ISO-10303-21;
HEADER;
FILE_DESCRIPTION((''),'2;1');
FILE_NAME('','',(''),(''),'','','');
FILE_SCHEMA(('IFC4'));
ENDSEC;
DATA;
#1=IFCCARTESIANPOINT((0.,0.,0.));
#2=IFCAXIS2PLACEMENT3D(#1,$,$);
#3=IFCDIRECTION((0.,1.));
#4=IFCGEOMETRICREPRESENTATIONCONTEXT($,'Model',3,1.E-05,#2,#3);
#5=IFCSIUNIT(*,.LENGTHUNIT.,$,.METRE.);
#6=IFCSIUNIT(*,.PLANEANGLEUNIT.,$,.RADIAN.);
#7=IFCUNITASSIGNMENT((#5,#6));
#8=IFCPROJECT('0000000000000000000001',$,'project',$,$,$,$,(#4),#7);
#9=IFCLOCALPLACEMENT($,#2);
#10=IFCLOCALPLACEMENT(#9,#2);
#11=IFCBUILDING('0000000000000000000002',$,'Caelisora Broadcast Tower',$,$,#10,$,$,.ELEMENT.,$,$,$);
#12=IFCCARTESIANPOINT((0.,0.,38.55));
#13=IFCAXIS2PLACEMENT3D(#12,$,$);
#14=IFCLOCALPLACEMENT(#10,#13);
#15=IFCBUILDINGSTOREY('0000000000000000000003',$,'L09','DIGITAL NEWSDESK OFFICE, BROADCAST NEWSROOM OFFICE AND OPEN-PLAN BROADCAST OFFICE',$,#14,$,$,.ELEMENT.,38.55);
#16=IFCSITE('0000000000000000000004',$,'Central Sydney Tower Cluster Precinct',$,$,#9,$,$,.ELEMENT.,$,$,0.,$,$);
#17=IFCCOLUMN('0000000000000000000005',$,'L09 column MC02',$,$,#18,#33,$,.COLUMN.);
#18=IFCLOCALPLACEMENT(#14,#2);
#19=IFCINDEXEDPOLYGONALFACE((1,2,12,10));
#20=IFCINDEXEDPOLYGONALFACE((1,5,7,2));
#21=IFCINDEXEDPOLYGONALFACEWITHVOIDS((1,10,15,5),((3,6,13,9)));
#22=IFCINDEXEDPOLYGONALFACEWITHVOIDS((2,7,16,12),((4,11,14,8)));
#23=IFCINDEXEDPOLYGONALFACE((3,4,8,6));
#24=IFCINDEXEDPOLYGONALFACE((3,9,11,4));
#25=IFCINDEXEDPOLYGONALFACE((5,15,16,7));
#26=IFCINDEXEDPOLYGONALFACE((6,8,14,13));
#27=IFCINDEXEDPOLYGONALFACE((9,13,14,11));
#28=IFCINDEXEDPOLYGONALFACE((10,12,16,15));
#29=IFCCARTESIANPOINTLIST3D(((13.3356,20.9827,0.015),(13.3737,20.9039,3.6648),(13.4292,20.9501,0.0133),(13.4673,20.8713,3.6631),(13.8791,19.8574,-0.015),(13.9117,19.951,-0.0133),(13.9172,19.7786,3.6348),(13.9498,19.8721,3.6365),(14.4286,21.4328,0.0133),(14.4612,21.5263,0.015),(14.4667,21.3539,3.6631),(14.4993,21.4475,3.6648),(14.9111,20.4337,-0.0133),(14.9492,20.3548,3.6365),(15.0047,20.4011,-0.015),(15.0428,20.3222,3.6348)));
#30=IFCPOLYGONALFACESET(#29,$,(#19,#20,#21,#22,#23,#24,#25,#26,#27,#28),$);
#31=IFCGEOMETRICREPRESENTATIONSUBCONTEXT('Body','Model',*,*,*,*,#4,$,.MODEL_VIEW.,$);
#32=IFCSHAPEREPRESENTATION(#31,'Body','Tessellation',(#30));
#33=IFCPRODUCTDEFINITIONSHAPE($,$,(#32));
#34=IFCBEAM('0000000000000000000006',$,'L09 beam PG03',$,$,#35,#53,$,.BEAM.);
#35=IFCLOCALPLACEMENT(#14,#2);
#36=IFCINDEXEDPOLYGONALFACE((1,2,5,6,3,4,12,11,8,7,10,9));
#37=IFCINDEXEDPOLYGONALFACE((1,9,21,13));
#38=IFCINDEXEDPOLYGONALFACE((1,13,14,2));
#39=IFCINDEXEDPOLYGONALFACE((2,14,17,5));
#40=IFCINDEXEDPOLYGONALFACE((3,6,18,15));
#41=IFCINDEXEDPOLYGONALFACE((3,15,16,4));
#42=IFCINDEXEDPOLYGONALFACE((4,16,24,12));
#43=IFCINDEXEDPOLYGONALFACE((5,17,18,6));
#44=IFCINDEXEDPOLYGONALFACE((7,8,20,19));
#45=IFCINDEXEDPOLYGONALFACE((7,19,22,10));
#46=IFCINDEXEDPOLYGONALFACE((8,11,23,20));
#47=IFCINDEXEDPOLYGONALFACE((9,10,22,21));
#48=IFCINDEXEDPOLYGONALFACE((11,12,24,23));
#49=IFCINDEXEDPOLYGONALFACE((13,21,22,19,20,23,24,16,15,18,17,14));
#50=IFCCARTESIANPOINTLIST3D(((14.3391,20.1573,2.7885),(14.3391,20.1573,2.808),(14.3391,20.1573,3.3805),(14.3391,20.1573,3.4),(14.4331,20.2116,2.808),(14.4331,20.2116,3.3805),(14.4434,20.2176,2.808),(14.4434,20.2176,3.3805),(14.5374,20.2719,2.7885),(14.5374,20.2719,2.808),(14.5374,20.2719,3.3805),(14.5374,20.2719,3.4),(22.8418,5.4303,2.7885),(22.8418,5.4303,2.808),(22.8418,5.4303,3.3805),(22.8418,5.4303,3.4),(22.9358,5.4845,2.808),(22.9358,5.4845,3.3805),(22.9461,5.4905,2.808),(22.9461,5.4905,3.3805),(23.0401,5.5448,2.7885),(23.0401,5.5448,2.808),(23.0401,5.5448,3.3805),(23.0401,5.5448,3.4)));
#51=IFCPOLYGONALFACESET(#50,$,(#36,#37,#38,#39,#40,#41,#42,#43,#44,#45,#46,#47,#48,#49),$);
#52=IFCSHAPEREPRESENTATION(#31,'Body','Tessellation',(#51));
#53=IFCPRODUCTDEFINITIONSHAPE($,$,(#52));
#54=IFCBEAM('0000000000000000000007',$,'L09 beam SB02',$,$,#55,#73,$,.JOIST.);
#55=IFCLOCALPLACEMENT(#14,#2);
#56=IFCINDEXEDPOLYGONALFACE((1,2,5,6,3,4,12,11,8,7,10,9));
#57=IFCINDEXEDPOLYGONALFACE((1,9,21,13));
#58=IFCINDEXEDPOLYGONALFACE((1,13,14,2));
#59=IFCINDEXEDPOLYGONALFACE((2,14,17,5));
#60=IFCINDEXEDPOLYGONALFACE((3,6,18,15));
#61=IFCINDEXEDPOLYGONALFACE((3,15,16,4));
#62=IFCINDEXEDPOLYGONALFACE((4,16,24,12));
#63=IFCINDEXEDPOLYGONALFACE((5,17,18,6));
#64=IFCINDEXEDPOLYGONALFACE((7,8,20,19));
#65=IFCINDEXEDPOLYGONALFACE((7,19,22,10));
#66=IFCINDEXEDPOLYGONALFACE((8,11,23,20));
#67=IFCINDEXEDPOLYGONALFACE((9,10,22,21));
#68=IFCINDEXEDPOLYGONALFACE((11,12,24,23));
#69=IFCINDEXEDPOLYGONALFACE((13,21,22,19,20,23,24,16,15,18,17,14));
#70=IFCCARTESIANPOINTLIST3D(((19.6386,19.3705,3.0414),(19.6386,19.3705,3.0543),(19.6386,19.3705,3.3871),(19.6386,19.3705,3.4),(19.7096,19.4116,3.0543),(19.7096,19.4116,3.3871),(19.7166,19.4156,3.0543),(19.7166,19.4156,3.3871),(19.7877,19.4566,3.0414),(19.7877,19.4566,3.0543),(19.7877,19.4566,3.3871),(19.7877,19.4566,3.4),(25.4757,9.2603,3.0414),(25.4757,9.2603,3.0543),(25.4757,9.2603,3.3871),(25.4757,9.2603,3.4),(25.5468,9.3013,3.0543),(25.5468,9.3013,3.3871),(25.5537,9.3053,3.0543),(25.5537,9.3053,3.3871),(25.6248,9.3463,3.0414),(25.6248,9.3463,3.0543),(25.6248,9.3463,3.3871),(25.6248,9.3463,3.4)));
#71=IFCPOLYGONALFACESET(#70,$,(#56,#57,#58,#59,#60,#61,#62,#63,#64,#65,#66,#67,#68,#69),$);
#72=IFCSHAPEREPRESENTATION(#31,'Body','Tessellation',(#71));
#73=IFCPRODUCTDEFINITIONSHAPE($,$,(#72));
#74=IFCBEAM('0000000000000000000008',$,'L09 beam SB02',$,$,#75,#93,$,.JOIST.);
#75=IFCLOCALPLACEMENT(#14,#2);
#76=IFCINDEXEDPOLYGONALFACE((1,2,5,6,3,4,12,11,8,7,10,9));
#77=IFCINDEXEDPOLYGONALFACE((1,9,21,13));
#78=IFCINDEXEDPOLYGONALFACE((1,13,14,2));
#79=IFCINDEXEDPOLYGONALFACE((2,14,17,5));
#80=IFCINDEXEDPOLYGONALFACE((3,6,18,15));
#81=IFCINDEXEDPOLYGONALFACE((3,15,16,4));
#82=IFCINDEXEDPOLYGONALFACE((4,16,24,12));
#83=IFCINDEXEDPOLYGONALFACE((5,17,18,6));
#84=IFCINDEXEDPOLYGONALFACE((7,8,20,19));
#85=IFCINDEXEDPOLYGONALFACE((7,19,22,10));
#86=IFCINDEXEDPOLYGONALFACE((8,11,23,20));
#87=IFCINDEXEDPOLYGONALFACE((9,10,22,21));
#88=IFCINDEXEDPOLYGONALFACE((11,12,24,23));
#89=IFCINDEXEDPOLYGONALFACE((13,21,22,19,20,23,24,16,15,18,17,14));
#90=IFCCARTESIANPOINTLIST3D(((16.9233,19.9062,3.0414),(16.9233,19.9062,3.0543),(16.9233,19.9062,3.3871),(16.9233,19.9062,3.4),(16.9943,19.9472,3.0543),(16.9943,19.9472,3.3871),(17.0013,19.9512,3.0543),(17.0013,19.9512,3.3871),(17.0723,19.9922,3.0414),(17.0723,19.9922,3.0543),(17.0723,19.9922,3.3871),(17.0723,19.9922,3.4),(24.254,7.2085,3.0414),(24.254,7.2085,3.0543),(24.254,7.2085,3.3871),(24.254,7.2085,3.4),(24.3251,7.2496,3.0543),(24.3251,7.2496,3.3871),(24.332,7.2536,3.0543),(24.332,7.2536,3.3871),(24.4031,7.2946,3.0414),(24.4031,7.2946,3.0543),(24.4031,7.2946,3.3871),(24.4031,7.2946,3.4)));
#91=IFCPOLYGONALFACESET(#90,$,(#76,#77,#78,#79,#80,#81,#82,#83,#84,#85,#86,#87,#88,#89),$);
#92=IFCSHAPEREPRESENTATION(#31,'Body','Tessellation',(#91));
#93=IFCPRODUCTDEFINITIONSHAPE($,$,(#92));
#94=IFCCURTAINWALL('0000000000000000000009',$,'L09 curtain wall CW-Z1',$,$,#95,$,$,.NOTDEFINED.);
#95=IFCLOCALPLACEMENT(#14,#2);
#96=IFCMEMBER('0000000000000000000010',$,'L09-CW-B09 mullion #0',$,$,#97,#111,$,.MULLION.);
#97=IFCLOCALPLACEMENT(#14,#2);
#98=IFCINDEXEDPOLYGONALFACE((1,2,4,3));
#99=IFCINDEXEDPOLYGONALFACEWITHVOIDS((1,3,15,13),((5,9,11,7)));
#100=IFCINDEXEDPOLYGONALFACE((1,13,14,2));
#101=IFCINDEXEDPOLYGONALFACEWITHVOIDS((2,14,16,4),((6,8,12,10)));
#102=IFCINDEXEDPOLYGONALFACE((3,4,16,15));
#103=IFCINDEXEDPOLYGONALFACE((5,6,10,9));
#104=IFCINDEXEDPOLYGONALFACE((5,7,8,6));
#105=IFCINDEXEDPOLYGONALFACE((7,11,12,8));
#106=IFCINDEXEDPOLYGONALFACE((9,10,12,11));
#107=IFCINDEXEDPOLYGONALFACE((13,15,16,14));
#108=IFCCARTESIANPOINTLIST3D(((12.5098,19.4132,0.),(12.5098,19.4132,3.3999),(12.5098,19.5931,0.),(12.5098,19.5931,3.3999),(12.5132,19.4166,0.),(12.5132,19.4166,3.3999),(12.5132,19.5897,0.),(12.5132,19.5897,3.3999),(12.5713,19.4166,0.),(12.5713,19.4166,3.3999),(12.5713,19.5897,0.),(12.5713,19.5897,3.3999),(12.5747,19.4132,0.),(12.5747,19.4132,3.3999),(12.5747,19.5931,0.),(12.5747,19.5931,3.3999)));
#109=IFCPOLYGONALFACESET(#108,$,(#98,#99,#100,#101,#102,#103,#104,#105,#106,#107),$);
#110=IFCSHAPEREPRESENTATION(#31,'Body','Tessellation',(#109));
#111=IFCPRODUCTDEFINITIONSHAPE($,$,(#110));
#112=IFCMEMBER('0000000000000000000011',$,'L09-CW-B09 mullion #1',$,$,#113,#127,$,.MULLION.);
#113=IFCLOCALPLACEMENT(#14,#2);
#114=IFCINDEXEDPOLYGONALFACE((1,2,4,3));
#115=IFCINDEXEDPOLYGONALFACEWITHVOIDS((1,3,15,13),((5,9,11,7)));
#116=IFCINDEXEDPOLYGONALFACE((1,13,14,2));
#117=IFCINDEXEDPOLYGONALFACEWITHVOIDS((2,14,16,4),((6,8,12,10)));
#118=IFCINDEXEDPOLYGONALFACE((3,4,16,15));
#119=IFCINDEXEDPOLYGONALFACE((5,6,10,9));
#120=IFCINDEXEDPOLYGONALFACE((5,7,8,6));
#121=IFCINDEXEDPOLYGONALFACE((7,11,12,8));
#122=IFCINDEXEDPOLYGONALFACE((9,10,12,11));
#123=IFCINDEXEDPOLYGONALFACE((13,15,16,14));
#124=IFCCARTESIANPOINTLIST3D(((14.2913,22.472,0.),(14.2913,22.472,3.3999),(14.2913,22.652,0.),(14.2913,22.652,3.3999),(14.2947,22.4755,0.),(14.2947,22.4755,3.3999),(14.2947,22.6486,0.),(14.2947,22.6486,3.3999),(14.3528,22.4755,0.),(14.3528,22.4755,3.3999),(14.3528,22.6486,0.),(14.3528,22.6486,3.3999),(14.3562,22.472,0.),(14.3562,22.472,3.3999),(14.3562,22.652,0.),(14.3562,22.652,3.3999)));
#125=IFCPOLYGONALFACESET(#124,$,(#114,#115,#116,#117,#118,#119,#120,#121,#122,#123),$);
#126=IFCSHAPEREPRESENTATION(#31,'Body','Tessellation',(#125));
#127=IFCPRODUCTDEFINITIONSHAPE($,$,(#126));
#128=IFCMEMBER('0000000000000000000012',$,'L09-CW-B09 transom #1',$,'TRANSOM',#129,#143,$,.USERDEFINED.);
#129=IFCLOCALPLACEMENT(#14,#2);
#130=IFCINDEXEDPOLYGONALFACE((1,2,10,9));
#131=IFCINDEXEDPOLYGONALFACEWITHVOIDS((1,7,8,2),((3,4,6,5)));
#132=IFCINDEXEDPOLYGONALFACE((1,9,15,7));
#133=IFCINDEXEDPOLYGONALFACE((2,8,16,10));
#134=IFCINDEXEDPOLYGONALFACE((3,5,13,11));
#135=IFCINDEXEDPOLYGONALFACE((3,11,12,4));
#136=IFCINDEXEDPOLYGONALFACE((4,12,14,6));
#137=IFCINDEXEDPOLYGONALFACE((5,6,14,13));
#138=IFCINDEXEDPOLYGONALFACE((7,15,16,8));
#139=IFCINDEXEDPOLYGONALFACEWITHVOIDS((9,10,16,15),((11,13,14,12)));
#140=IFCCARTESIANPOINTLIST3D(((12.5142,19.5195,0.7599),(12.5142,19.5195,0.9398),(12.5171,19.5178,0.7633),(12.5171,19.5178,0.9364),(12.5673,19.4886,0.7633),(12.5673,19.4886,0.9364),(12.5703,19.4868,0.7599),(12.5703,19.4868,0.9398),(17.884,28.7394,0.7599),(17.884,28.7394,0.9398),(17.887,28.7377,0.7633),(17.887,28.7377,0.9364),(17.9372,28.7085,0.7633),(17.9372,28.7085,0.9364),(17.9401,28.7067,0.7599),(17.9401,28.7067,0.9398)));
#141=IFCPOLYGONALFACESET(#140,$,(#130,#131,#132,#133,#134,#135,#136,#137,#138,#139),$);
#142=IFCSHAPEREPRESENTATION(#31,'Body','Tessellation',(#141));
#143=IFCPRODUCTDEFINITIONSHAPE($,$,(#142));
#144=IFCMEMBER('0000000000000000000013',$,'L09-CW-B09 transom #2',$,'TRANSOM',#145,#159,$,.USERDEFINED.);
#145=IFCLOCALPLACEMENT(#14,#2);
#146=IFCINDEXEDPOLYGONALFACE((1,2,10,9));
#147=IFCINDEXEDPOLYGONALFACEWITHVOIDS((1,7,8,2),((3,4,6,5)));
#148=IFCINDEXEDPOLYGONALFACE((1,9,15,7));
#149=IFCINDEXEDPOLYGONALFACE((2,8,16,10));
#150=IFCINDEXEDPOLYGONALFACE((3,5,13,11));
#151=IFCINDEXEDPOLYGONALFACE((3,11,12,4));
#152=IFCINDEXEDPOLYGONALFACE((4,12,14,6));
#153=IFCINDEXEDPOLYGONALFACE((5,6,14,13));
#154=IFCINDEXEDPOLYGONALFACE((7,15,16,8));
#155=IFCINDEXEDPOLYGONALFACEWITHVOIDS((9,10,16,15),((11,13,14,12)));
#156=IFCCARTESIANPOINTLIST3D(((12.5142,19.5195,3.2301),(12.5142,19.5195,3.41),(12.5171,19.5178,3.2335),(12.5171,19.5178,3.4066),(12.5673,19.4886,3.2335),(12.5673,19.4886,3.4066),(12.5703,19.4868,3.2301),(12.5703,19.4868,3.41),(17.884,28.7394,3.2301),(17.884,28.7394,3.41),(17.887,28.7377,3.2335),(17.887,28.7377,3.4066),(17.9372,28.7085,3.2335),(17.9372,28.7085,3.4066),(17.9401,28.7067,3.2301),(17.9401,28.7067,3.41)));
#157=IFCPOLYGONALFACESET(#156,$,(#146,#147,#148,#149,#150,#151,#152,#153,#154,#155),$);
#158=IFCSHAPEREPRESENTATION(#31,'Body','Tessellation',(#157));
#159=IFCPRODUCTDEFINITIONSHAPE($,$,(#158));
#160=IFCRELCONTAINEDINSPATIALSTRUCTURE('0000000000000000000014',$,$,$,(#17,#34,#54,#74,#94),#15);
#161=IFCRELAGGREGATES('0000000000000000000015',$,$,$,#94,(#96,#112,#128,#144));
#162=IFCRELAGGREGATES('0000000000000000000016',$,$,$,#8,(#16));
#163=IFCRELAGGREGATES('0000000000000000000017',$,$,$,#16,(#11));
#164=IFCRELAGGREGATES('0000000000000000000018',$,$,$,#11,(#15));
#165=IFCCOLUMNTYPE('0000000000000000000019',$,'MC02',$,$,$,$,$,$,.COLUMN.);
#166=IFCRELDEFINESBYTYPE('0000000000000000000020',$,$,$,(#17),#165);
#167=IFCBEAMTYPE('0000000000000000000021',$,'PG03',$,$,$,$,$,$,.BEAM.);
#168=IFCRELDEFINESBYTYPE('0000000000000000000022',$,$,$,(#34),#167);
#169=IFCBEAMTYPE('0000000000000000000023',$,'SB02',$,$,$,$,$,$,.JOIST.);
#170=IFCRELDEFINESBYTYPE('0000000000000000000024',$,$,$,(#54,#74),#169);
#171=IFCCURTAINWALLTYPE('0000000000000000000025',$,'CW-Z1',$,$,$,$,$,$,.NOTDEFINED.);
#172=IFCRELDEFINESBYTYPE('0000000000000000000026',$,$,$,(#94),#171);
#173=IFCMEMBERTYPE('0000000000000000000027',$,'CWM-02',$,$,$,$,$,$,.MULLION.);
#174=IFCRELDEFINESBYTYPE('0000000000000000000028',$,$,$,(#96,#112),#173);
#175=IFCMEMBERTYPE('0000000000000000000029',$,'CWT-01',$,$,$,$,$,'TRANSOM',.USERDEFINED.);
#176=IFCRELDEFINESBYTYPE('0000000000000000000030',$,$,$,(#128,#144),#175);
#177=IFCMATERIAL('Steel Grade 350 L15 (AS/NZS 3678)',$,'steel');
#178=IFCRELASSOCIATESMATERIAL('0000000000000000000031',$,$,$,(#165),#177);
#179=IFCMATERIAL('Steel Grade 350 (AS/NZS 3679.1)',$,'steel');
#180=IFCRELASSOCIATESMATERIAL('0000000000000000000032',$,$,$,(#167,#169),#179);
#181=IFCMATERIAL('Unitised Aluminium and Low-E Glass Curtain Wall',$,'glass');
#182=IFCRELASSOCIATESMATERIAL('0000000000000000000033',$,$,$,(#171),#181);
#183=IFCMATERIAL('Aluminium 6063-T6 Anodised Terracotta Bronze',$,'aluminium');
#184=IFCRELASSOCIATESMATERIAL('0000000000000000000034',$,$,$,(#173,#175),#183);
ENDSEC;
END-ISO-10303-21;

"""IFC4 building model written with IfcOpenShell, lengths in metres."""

from ifc_helpers import new_model, si_unit, direction, frame, origin, origin_2d, place, context, subcontext, project, spatial, hollow_rectangle, i_section, extrude, source, transform, mapped, material, material_profile, profile_set, type_object, type_shapes, element, aggregate, save


model = new_model("IFC4")

# Units and contexts
model_context = context("Model", 3, precision=1e-05, world=origin(), true_north=direction((0.0, 1.0)))
body_context = subcontext(model_context, "Body", "Model", "MODEL_VIEW")
ifc_project = project(units=[si_unit("LENGTHUNIT", "METRE"), si_unit("PLANEANGLEUNIT", "RADIAN")], contexts=[model_context])

# Site, building, storey
site_placement = place(None, origin())
site = spatial("IfcSite", under=ifc_project, at=site_placement, Name="Central Sydney Tower Cluster Precinct", CompositionType="ELEMENT", RefElevation=0.0)
building_placement = place(site_placement, origin())
building = spatial("IfcBuilding", under=site, at=building_placement, Name="Caelisora Broadcast Tower", CompositionType="ELEMENT")
storey_placement = place(building_placement, frame((0.0, 0.0, 38.55)))
storey = spatial("IfcBuildingStorey", under=building, at=storey_placement, Name="L09", Description="DIGITAL NEWSDESK OFFICE, BROADCAST NEWSROOM OFFICE AND OPEN-PLAN BROADCAST OFFICE", CompositionType="ELEMENT", Elevation=38.55)

# Column
ifc_material_1 = material(Name="Steel Grade 350 L15 (AS/NZS 3678)", Category="steel")
ifc_material_profile_1 = material_profile(ifc_material_1, hollow_rectangle(XDim=1.25, YDim=1.25, WallThickness=0.0701, at=origin_2d()), Name="Steel Grade 350 L15 (AS/NZS 3678)")
ifc_profile_set_1 = profile_set([ifc_material_profile_1], Name="Steel Grade 350 L15 (AS/NZS 3678)")
column_type = type_object("IfcColumnType", Name="MC02", PredefinedType="COLUMN", material=ifc_profile_set_1)
shared_shape_1 = source(origin(), body_context, "Body", "SweptSolid", [
    extrude(hollow_rectangle(XDim=1.25, YDim=1.25, WallThickness=0.0701, at=origin_2d()), origin(), (0.0, 0.0, 1.0), 3.6509),
])
type_shapes(column_type, [shared_shape_1])
column_placement = place(storey_placement, frame((14.1702, 20.6919, 0.0), z_axis=(0.010432, -0.021599, 0.999712), x_axis=(0.900476, 0.434905, 0.0)))
element("IfcColumn", 1, at=column_placement, inside=storey, type_object=column_type, Name="L09 column MC02", PredefinedType="COLUMN", context=body_context, shape_type="MappedRepresentation", body=[
    mapped(shared_shape_1, transform((0.0, 0.0, 0.0), scale=1.0)),
])

# Beams
ifc_material_2 = material(Name="Steel Grade 350 (AS/NZS 3679.1)", Category="steel")
ifc_material_profile_2 = material_profile(ifc_material_2, i_section(OverallWidth=0.229, OverallDepth=0.6116, WebThickness=0.012, FlangeThickness=0.0195, at=origin_2d()), Name="Steel Grade 350 (AS/NZS 3679.1)")
ifc_profile_set_2 = profile_set([ifc_material_profile_2], Name="Steel Grade 350 (AS/NZS 3679.1)")
beam_type_1 = type_object("IfcBeamType", Name="PG03", PredefinedType="BEAM", material=ifc_profile_set_2)
shared_shape_2 = source(origin(), body_context, "Body", "SweptSolid", [
    extrude(i_section(OverallWidth=0.229, OverallDepth=0.6116, WebThickness=0.012, FlangeThickness=0.0195, at=origin_2d()), origin(), (0.0, 0.0, 1.0), 17.0054),
])
type_shapes(beam_type_1, [shared_shape_2])
beam_1_placement = place(storey_placement, frame((14.4382, 20.2146, 3.0942), z_axis=(0.500001, -0.866025, 0.0), x_axis=(0.866025, 0.500001, 0.0)))
element("IfcBeam", 2, at=beam_1_placement, inside=storey, type_object=beam_type_1, Name="L09 beam PG03", PredefinedType="BEAM", context=body_context, shape_type="MappedRepresentation", body=[
    mapped(shared_shape_2, transform((0.0, 0.0, 0.0), scale=1.0)),
])
ifc_material_profile_3 = material_profile(ifc_material_2, i_section(OverallWidth=0.1721, OverallDepth=0.3586, WebThickness=0.0081, FlangeThickness=0.0129, at=origin_2d()), Name="Steel Grade 350 (AS/NZS 3679.1)")
ifc_profile_set_3 = profile_set([ifc_material_profile_3], Name="Steel Grade 350 (AS/NZS 3679.1)")
beam_type_2 = type_object("IfcBeamType", Name="SB02", PredefinedType="JOIST", material=ifc_profile_set_3)
shared_shape_3 = source(origin(), body_context, "Body", "SweptSolid", [
    extrude(i_section(OverallWidth=0.1721, OverallDepth=0.3586, WebThickness=0.0081, FlangeThickness=0.0129, at=origin_2d()), origin(), (0.0, 0.0, 1.0), 11.6743),
])
beam_2_placement = place(storey_placement, frame((19.7131, 19.4136, 3.2207), z_axis=(0.499996, -0.866027, 0.0), x_axis=(0.866027, 0.499996, 0.0)))
element("IfcBeam", 3, at=beam_2_placement, inside=storey, type_object=beam_type_2, Name="L09 beam SB02", PredefinedType="JOIST", context=body_context, shape_type="MappedRepresentation", body=[
    mapped(shared_shape_3, transform((0.0, 0.0, 0.0), scale=1.0)),
])
shared_shape_4 = source(origin(), body_context, "Body", "SweptSolid", [
    extrude(i_section(OverallWidth=0.1721, OverallDepth=0.3586, WebThickness=0.0081, FlangeThickness=0.0129, at=origin_2d()), origin(), (0.0, 0.0, 1.0), 14.6619),
])
type_shapes(beam_type_2, [shared_shape_3, shared_shape_4])
beam_3_placement = place(storey_placement, frame((16.9978, 19.9492, 3.2207), z_axis=(0.499988, -0.866033, 0.0), x_axis=(0.866033, 0.499988, 0.0)))
element("IfcBeam", 4, at=beam_3_placement, inside=storey, type_object=beam_type_2, Name="L09 beam SB02", PredefinedType="JOIST", context=body_context, shape_type="MappedRepresentation", body=[
    mapped(shared_shape_4, transform((0.0, 0.0, 0.0), scale=1.0)),
])

# Curtain wall, members
ifc_material_3 = material(Name="Unitised Aluminium and Low-E Glass Curtain Wall", Category="glass")
curtain_wall_type = type_object("IfcCurtainWallType", Name="CW-Z1", PredefinedType="NOTDEFINED", material=ifc_material_3)
curtain_wall_placement = place(storey_placement, origin())
curtain_wall = element("IfcCurtainWall", 5, at=curtain_wall_placement, inside=storey, type_object=curtain_wall_type, Name="L09 curtain wall CW-Z1", PredefinedType="NOTDEFINED")
ifc_material_4 = material(Name="Aluminium 6063-T6 Anodised Terracotta Bronze", Category="aluminium")
ifc_material_profile_4 = material_profile(ifc_material_4, hollow_rectangle(XDim=0.0649, YDim=0.1799, WallThickness=0.0034, at=origin_2d()), Name="Aluminium 6063-T6 Anodised Terracotta Bronze")
ifc_profile_set_4 = profile_set([ifc_material_profile_4], Name="Aluminium 6063-T6 Anodised Terracotta Bronze")
member_type_1 = type_object("IfcMemberType", Name="CWM-02", PredefinedType="MULLION", material=ifc_profile_set_4)
shared_shape_5 = source(origin(), body_context, "Body", "SweptSolid", [
    extrude(hollow_rectangle(XDim=0.0649, YDim=0.1799, WallThickness=0.0034, at=origin_2d()), origin(), (0.0, 0.0, 1.0), 3.3999),
])
type_shapes(member_type_1, [shared_shape_5])
member_1_placement = place(storey_placement, frame((12.5422, 19.5032, 0.0), z_axis=(0.0, 0.0, 1.0), x_axis=(1.0, 0.0, 0.0)))
member_1 = element("IfcMember", 6, at=member_1_placement, type_object=member_type_1, Name="L09-CW-B09 mullion #0", PredefinedType="MULLION", context=body_context, shape_type="MappedRepresentation", body=[
    mapped(shared_shape_5, transform((0.0, 0.0, 0.0), scale=1.0)),
])
member_2_placement = place(storey_placement, frame((14.3237, 22.562, 0.0), z_axis=(0.0, 0.0, 1.0), x_axis=(1.0, 0.0, 0.0)))
member_2 = element("IfcMember", 7, at=member_2_placement, type_object=member_type_1, Name="L09-CW-B09 mullion #1", PredefinedType="MULLION", context=body_context, shape_type="MappedRepresentation", body=[
    mapped(shared_shape_5, transform((0.0, 0.0, 0.0), scale=1.0)),
])
ifc_material_profile_5 = material_profile(ifc_material_4, hollow_rectangle(XDim=0.0649, YDim=0.1799, WallThickness=0.0034, at=origin_2d()), Name="Aluminium 6063-T6 Anodised Terracotta Bronze")
ifc_profile_set_5 = profile_set([ifc_material_profile_5], Name="Aluminium 6063-T6 Anodised Terracotta Bronze")
member_type_2 = type_object("IfcMemberType", Name="CWT-01", ElementType="TRANSOM", PredefinedType="USERDEFINED", material=ifc_profile_set_5)
shared_shape_6 = source(origin(), body_context, "Body", "SweptSolid", [
    extrude(hollow_rectangle(XDim=0.0649, YDim=0.1799, WallThickness=0.0034, at=origin_2d()), origin(), (0.0, 0.0, 1.0), 10.6697),
])
type_shapes(member_type_2, [shared_shape_6])
member_3_placement = place(storey_placement, frame((12.5422, 19.5032, 0.8499), z_axis=(0.50328, 0.864123, 0.0), x_axis=(-0.864123, 0.50328, 0.0)))
member_3 = element("IfcMember", 8, at=member_3_placement, type_object=member_type_2, Name="L09-CW-B09 transom #1", ObjectType="TRANSOM", PredefinedType="USERDEFINED", context=body_context, shape_type="MappedRepresentation", body=[
    mapped(shared_shape_6, transform((0.0, 0.0, 0.0), scale=1.0)),
])
member_4_placement = place(storey_placement, frame((12.5422, 19.5032, 3.3201), z_axis=(0.50328, 0.864123, 0.0), x_axis=(-0.864123, 0.50328, 0.0)))
member_4 = element("IfcMember", 9, at=member_4_placement, type_object=member_type_2, Name="L09-CW-B09 transom #2", ObjectType="TRANSOM", PredefinedType="USERDEFINED", context=body_context, shape_type="MappedRepresentation", body=[
    mapped(shared_shape_6, transform((0.0, 0.0, 0.0), scale=1.0)),
])

aggregate(curtain_wall, [member_1, member_2, member_3, member_4])

save(model, "model.ifc")
